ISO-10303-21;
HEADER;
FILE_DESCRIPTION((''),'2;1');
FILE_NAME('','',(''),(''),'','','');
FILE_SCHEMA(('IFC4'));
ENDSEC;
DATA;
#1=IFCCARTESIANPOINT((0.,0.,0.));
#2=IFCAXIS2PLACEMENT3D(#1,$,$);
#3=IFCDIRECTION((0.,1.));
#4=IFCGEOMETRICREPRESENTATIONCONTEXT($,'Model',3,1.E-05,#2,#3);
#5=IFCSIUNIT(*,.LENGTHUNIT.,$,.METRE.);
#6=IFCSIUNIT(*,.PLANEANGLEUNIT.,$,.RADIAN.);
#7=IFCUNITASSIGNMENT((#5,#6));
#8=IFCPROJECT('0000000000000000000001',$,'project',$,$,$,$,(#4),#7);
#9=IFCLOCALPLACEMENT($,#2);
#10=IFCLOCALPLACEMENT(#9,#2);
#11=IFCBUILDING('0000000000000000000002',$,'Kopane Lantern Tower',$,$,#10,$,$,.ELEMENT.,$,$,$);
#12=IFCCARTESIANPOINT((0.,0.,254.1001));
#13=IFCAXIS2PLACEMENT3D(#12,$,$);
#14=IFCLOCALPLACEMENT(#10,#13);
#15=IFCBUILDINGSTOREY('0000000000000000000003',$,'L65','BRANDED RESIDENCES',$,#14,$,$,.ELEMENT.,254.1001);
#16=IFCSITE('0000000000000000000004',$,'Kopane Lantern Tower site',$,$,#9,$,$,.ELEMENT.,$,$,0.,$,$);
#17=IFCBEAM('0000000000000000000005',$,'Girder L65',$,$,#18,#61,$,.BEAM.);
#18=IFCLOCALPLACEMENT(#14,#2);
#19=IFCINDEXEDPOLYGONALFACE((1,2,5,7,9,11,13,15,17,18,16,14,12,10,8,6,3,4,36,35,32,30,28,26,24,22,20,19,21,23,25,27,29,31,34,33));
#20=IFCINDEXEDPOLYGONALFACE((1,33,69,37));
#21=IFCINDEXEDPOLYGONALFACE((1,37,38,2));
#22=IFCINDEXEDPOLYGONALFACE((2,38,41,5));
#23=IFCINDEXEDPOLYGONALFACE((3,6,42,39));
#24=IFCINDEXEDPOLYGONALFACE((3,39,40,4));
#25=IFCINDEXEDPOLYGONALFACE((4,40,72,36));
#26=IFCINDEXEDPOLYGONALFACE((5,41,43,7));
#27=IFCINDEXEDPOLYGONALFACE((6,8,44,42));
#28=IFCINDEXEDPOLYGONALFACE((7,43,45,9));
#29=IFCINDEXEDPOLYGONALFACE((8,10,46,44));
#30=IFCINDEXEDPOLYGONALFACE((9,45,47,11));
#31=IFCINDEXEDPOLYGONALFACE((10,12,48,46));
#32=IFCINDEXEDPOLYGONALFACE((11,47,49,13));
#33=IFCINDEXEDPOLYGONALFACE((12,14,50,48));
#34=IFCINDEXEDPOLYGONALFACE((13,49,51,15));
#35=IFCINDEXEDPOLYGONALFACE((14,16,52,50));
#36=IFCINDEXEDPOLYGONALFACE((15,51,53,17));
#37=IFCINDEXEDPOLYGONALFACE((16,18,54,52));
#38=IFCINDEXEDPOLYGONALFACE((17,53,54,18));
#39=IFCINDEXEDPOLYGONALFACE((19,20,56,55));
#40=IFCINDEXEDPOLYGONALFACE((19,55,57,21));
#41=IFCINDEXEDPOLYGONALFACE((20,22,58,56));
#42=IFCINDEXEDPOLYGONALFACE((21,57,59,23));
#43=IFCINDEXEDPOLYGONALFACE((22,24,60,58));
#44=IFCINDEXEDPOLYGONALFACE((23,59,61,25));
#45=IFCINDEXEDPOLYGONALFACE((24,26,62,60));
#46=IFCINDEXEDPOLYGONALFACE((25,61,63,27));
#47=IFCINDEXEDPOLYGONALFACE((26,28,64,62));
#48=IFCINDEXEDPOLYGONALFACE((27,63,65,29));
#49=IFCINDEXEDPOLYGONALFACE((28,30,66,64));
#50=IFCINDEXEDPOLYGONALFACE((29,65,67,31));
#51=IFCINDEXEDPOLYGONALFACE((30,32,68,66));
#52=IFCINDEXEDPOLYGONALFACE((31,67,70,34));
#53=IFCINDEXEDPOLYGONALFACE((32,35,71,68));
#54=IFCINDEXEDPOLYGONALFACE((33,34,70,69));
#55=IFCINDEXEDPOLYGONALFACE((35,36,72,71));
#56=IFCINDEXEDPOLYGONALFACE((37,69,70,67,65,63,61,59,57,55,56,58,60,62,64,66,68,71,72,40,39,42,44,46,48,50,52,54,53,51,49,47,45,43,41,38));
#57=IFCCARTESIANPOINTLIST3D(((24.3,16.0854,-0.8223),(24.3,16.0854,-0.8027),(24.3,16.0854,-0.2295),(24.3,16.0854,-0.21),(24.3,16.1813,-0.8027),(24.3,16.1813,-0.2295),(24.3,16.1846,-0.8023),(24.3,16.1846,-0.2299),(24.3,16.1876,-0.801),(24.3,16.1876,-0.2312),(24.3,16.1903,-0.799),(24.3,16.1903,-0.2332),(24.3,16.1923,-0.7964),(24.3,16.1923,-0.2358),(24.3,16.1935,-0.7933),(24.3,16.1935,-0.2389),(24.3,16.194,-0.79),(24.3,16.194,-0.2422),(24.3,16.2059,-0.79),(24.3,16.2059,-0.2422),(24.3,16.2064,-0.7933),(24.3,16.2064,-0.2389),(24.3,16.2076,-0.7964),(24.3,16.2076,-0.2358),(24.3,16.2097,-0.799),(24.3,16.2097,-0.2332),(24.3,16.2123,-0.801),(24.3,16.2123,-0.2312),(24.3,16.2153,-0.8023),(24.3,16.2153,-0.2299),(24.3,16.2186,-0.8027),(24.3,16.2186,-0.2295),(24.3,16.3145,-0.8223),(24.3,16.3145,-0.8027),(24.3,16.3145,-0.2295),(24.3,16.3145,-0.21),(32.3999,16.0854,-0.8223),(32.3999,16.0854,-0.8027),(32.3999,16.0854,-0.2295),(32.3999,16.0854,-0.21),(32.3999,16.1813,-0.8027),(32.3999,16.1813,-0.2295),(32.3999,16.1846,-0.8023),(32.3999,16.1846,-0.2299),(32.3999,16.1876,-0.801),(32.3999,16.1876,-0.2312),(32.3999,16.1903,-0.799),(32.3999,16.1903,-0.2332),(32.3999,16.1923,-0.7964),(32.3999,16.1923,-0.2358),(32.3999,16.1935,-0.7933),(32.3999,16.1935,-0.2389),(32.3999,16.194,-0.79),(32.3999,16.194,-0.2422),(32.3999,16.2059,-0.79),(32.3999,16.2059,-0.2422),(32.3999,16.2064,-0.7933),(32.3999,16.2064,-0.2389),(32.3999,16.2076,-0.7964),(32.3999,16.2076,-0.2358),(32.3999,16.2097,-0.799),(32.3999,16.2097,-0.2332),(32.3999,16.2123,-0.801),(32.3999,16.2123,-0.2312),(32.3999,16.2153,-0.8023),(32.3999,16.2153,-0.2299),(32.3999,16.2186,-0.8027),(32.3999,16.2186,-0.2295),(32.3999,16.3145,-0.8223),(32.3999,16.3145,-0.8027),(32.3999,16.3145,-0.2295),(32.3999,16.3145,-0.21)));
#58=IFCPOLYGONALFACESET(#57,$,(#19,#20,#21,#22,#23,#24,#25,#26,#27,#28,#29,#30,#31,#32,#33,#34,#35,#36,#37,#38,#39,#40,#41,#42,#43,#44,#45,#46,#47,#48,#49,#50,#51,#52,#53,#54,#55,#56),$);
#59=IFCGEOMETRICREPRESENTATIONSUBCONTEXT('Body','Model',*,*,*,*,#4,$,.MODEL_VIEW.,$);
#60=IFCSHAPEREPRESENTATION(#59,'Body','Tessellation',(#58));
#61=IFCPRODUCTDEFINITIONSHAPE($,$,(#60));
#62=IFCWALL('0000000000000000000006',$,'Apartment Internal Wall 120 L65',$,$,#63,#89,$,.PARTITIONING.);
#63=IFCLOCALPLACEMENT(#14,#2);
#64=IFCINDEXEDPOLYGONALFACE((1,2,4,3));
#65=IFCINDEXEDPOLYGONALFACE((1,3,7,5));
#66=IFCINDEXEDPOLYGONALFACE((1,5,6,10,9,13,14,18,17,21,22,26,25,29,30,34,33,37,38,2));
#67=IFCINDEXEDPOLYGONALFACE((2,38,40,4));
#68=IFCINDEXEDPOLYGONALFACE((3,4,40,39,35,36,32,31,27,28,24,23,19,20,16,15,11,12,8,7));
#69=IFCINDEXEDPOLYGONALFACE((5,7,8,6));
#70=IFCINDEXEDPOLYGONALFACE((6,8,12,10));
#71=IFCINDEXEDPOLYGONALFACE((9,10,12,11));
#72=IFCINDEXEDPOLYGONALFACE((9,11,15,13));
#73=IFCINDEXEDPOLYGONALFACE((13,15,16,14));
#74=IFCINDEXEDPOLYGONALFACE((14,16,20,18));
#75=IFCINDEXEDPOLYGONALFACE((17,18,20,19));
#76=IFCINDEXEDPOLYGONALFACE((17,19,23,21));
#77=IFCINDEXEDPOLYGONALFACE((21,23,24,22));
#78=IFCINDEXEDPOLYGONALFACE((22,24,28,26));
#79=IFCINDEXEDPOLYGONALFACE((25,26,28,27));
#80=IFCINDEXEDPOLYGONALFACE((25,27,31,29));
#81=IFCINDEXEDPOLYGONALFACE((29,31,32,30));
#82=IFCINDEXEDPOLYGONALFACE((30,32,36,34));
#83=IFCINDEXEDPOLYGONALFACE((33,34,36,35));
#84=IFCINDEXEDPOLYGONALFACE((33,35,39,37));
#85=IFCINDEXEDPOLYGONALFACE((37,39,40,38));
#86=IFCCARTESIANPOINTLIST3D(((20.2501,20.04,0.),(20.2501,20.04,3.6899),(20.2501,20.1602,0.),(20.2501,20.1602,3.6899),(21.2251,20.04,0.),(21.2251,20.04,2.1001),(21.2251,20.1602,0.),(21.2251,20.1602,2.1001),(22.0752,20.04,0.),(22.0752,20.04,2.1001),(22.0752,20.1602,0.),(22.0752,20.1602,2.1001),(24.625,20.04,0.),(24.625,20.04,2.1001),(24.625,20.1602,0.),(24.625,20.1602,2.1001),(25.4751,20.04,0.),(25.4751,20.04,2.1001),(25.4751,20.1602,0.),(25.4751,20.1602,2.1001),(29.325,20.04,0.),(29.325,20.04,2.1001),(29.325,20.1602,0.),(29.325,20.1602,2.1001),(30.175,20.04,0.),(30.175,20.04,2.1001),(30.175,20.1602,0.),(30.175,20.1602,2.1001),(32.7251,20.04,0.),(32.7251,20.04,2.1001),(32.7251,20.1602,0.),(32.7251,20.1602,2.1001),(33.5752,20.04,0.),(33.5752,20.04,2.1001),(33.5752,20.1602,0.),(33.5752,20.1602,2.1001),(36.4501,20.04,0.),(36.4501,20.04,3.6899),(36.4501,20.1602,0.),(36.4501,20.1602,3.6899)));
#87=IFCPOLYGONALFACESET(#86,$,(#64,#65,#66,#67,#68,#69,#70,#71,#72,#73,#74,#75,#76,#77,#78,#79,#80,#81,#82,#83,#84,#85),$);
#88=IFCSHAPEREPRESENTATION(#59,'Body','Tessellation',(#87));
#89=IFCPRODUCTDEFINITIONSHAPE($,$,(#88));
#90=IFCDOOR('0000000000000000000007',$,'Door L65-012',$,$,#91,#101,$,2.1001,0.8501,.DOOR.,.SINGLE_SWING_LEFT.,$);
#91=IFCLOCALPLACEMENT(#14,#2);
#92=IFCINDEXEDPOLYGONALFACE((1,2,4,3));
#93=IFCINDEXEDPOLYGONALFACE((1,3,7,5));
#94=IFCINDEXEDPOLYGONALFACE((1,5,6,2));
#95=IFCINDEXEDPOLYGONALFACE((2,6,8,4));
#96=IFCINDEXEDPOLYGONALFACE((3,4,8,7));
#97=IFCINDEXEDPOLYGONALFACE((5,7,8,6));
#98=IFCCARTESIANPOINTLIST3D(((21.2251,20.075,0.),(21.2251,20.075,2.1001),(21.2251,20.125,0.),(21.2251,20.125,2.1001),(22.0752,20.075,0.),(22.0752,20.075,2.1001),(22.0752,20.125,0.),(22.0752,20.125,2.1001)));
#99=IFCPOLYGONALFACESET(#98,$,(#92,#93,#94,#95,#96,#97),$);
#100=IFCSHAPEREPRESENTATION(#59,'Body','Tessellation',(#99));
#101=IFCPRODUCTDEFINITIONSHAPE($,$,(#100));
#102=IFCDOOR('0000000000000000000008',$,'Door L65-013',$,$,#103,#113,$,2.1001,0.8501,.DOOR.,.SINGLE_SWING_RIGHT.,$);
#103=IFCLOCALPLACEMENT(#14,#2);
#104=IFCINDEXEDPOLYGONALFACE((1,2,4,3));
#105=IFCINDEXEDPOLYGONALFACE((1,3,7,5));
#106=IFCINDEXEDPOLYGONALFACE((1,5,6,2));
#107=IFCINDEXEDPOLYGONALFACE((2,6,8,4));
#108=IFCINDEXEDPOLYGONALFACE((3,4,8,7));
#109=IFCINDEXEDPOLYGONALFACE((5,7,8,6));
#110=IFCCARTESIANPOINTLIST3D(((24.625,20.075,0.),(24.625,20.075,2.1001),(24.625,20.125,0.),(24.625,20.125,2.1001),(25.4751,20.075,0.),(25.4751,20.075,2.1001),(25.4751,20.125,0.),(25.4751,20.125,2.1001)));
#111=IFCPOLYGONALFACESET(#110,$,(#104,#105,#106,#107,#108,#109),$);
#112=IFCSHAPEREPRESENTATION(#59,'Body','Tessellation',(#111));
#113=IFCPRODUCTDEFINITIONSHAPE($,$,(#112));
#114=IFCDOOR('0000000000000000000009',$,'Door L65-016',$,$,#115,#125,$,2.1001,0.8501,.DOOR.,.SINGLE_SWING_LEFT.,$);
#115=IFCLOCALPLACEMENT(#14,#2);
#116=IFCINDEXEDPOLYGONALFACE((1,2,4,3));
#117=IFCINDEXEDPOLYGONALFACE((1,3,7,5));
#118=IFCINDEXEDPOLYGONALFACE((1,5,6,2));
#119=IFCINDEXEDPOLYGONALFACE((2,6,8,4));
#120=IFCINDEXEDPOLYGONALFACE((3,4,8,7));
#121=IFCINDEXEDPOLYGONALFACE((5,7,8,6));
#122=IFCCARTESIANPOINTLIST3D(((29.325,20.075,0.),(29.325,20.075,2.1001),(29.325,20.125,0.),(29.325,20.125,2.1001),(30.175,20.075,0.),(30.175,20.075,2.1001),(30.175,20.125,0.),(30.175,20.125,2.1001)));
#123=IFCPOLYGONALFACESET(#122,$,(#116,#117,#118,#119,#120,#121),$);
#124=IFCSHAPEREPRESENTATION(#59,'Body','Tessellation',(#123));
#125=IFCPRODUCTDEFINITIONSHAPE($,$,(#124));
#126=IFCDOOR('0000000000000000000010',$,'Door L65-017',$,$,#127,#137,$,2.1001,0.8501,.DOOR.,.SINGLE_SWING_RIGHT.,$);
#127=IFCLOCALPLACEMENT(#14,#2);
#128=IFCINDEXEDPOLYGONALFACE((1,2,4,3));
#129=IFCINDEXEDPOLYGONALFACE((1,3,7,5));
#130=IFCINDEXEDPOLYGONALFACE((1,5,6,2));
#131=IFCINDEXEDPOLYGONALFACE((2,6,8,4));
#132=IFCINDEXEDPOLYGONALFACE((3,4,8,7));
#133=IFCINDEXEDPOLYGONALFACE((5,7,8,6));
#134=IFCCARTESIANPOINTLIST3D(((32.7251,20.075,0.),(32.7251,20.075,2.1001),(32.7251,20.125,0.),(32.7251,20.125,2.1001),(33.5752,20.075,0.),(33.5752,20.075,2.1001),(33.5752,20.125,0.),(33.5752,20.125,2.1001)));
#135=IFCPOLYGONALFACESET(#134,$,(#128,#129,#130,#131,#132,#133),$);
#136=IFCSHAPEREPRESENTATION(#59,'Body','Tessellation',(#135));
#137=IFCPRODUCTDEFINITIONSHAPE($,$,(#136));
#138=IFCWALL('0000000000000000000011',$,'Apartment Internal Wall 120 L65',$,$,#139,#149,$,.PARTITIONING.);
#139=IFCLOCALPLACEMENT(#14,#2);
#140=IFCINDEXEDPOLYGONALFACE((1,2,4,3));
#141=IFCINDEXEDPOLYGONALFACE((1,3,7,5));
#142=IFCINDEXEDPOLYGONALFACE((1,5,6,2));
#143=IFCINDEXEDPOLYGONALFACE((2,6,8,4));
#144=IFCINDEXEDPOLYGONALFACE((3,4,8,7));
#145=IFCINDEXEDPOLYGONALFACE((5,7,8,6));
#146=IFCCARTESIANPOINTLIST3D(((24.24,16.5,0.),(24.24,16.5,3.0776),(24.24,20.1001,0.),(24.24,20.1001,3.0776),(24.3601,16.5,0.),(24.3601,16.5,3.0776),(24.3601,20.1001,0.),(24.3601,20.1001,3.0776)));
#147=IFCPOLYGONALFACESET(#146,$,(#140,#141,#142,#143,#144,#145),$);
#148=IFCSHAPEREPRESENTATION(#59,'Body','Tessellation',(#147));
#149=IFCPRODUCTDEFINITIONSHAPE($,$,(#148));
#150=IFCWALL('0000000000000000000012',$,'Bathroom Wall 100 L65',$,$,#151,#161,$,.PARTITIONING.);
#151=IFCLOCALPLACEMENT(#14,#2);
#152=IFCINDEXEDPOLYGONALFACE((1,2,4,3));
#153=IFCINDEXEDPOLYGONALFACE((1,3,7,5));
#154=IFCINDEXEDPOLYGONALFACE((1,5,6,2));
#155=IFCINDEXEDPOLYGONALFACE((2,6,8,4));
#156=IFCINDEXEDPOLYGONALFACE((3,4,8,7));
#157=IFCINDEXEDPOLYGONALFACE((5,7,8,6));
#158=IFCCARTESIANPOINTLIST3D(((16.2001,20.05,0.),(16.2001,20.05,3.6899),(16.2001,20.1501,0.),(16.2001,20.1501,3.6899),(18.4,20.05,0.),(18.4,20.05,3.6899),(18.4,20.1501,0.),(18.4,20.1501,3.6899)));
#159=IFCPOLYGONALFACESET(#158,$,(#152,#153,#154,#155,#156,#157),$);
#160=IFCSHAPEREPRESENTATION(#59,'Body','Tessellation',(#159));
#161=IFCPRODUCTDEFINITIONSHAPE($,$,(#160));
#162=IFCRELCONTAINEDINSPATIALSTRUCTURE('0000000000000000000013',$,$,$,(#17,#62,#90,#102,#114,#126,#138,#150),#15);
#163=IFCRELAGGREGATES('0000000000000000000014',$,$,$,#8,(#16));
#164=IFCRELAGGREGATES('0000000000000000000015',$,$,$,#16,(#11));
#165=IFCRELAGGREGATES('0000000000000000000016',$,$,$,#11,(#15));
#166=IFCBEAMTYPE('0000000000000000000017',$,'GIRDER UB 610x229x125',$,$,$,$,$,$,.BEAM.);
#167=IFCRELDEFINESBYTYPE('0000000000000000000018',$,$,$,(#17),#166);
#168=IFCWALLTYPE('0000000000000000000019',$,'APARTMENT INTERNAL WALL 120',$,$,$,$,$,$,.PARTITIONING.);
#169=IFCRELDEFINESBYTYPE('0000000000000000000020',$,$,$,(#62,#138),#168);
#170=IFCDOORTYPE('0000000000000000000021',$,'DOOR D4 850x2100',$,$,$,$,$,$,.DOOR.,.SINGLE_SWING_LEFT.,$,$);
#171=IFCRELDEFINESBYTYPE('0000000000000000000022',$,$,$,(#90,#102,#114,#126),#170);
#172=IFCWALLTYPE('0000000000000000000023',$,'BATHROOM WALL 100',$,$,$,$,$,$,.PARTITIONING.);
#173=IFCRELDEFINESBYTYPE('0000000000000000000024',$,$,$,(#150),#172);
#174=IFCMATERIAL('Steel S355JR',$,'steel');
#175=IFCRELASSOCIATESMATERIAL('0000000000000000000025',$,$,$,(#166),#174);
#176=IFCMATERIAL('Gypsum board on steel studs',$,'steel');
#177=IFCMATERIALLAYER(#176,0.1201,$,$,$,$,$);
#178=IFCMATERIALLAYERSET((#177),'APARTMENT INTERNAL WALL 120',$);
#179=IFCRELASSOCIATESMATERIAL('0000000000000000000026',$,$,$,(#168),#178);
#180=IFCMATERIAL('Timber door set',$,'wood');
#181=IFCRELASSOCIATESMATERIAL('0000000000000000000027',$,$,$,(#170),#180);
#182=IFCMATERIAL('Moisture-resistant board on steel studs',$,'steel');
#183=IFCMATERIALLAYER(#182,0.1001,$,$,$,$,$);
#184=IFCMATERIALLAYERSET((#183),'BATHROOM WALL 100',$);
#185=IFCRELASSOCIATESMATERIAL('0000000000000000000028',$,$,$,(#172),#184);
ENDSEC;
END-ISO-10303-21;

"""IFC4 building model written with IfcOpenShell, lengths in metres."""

from ifc_helpers import new_model, si_unit, direction, frame, frame_2d, origin, origin_2d, place, context, subcontext, project, spatial, rectangle, i_section, extrude, material, layer, layer_set, material_profile, profile_set, type_object, element, fill, save


model = new_model("IFC4")

# Units and contexts
model_context = context("Model", 3, precision=1e-05, world=origin(), true_north=direction((0.0, 1.0)))
body_context = subcontext(model_context, "Body", "Model", "MODEL_VIEW")
ifc_project = project(units=[si_unit("LENGTHUNIT", "METRE"), si_unit("PLANEANGLEUNIT", "RADIAN")], contexts=[model_context])

# Site, building, storey
site_placement = place(None, origin())
site = spatial("IfcSite", under=ifc_project, at=site_placement, Name="Kopane Lantern Tower site", CompositionType="ELEMENT", RefElevation=0.0)
building_placement = place(site_placement, origin())
building = spatial("IfcBuilding", under=site, at=building_placement, Name="Kopane Lantern Tower", CompositionType="ELEMENT")
storey_placement = place(building_placement, frame((0.0, 0.0, 254.1001)))
storey = spatial("IfcBuildingStorey", under=building, at=storey_placement, Name="L65", Description="BRANDED RESIDENCES", CompositionType="ELEMENT", Elevation=254.1001)

# Beam
ifc_material_1 = material(Name="Steel S355JR", Category="steel")
ifc_material_profile_1 = material_profile(ifc_material_1, i_section(OverallWidth=0.229, OverallDepth=0.6123, WebThickness=0.012, FlangeThickness=0.0195, FilletRadius=0.0127, at=origin_2d()), Name="UB 610x229x125")
ifc_profile_set_1 = profile_set([ifc_material_profile_1], Name="Steel S355JR")
beam_type = type_object("IfcBeamType", Name="GIRDER UB 610x229x125", PredefinedType="BEAM", material=ifc_profile_set_1)
beam_placement = place(storey_placement, frame((24.3, 16.2, -0.5161), z_axis=(1.0, 0.0, 0.0), x_axis=(0.0, 1.0, 0.0)))
element("IfcBeam", 1, at=beam_placement, inside=storey, type_object=beam_type, Name="Girder L65", PredefinedType="BEAM", context=body_context, shape_type="SweptSolid", body=[
    extrude(i_section(OverallWidth=0.229, OverallDepth=0.6123, WebThickness=0.012, FlangeThickness=0.0195, FilletRadius=0.0127, at=origin_2d()), origin(), (0.0, 0.0, 1.0), 8.0999),
])

# Wall, openings, doors
ifc_material_2 = material(Name="Gypsum board on steel studs", Category="steel")
ifc_layer_1 = layer(ifc_material_2, 0.1201)
ifc_layer_set_1 = layer_set([ifc_layer_1], Name="APARTMENT INTERNAL WALL 120")
wall_type_1 = type_object("IfcWallType", Name="APARTMENT INTERNAL WALL 120", PredefinedType="PARTITIONING", material=ifc_layer_set_1)
wall_1_placement = place(storey_placement, frame((20.25, 20.1001, 0.0), z_axis=(0.0, 0.0, 1.0), x_axis=(1.0, 0.0, 0.0)))
wall_1 = element("IfcWall", 2, at=wall_1_placement, inside=storey, type_object=wall_type_1, Name="Apartment Internal Wall 120 L65", PredefinedType="PARTITIONING", context=body_context, shape_type="SweptSolid", body=[
    extrude(rectangle(XDim=16.2, YDim=0.1201, at=frame_2d((8.1001, 0.0))), origin(), (0.0, 0.0, 1.0), 3.6899),
])
opening_1_placement = place(wall_1_placement, frame((0.9751, 0.0, 0.0)))
opening_1 = element("IfcOpeningElement", 3, at=opening_1_placement, cuts=wall_1, PredefinedType="OPENING", context=body_context, shape_type="SweptSolid", body=[
    extrude(rectangle(XDim=0.8501, YDim=2.1001, at=frame_2d((0.425, 1.05))), frame((0.0, 0.0701, 0.0), z_axis=(0.0, -1.0, 0.0), x_axis=(1.0, 0.0, 0.0)), (0.0, 0.0, 1.0), 0.1401),
])
opening_2_placement = place(wall_1_placement, frame((4.375, 0.0, 0.0)))
opening_2 = element("IfcOpeningElement", 4, at=opening_2_placement, cuts=wall_1, PredefinedType="OPENING", context=body_context, shape_type="SweptSolid", body=[
    extrude(rectangle(XDim=0.8501, YDim=2.1001, at=frame_2d((0.425, 1.05))), frame((0.0, 0.0701, 0.0), z_axis=(0.0, -1.0, 0.0), x_axis=(1.0, 0.0, 0.0)), (0.0, 0.0, 1.0), 0.1401),
])
opening_3_placement = place(wall_1_placement, frame((9.075, 0.0, 0.0)))
opening_3 = element("IfcOpeningElement", 5, at=opening_3_placement, cuts=wall_1, PredefinedType="OPENING", context=body_context, shape_type="SweptSolid", body=[
    extrude(rectangle(XDim=0.8501, YDim=2.1001, at=frame_2d((0.425, 1.05))), frame((0.0, 0.0701, 0.0), z_axis=(0.0, -1.0, 0.0), x_axis=(1.0, 0.0, 0.0)), (0.0, 0.0, 1.0), 0.1401),
])
opening_4_placement = place(wall_1_placement, frame((12.4751, 0.0, 0.0)))
opening_4 = element("IfcOpeningElement", 6, at=opening_4_placement, cuts=wall_1, PredefinedType="OPENING", context=body_context, shape_type="SweptSolid", body=[
    extrude(rectangle(XDim=0.8501, YDim=2.1001, at=frame_2d((0.425, 1.05))), frame((0.0, 0.0701, 0.0), z_axis=(0.0, -1.0, 0.0), x_axis=(1.0, 0.0, 0.0)), (0.0, 0.0, 1.0), 0.1401),
])
ifc_material_3 = material(Name="Timber door set", Category="wood")
door_type_1 = type_object("IfcDoorType", Name="DOOR D4 850x2100", OperationType="SINGLE_SWING_LEFT", PredefinedType="DOOR", material=ifc_material_3)
door_1_placement = place(opening_1_placement, origin())
door_1 = element("IfcDoor", 7, at=door_1_placement, inside=storey, type_object=door_type_1, Name="Door L65-012", OperationType="SINGLE_SWING_LEFT", OverallHeight=2.1001, OverallWidth=0.8501, PredefinedType="DOOR", context=body_context, shape_type="SweptSolid", body=[
    extrude(rectangle(XDim=0.8501, YDim=2.1001, at=frame_2d((0.425, 1.05))), frame((0.0, 0.0249, 0.0), z_axis=(0.0, -1.0, 0.0), x_axis=(1.0, 0.0, 0.0)), (0.0, 0.0, 1.0), 0.05),
])
fill(opening_1, door_1)
door_2_placement = place(opening_2_placement, origin())
door_2 = element("IfcDoor", 8, at=door_2_placement, inside=storey, type_object=door_type_1, Name="Door L65-013", OperationType="SINGLE_SWING_RIGHT", OverallHeight=2.1001, OverallWidth=0.8501, PredefinedType="DOOR", context=body_context, shape_type="SweptSolid", body=[
    extrude(rectangle(XDim=0.8501, YDim=2.1001, at=frame_2d((0.425, 1.05))), frame((0.0, 0.0249, 0.0), z_axis=(0.0, -1.0, 0.0), x_axis=(1.0, 0.0, 0.0)), (0.0, 0.0, 1.0), 0.05),
])
fill(opening_2, door_2)
door_3_placement = place(opening_3_placement, origin())
door_3 = element("IfcDoor", 9, at=door_3_placement, inside=storey, type_object=door_type_1, Name="Door L65-016", OperationType="SINGLE_SWING_LEFT", OverallHeight=2.1001, OverallWidth=0.8501, PredefinedType="DOOR", context=body_context, shape_type="SweptSolid", body=[
    extrude(rectangle(XDim=0.8501, YDim=2.1001, at=frame_2d((0.425, 1.05))), frame((0.0, 0.0249, 0.0), z_axis=(0.0, -1.0, 0.0), x_axis=(1.0, 0.0, 0.0)), (0.0, 0.0, 1.0), 0.05),
])
fill(opening_3, door_3)
door_4_placement = place(opening_4_placement, origin())
door_4 = element("IfcDoor", 10, at=door_4_placement, inside=storey, type_object=door_type_1, Name="Door L65-017", OperationType="SINGLE_SWING_RIGHT", OverallHeight=2.1001, OverallWidth=0.8501, PredefinedType="DOOR", context=body_context, shape_type="SweptSolid", body=[
    extrude(rectangle(XDim=0.8501, YDim=2.1001, at=frame_2d((0.425, 1.05))), frame((0.0, 0.0249, 0.0), z_axis=(0.0, -1.0, 0.0), x_axis=(1.0, 0.0, 0.0)), (0.0, 0.0, 1.0), 0.05),
])
fill(opening_4, door_4)

# Walls
wall_2_placement = place(storey_placement, frame((24.3, 20.1001, 0.0), z_axis=(0.0, 0.0, 1.0), x_axis=(0.0, -1.0, 0.0)))
element("IfcWall", 11, at=wall_2_placement, inside=storey, type_object=wall_type_1, Name="Apartment Internal Wall 120 L65", PredefinedType="PARTITIONING", context=body_context, shape_type="SweptSolid", body=[
    extrude(rectangle(XDim=3.6001, YDim=0.1201, at=frame_2d((1.8, 0.0))), origin(), (0.0, 0.0, 1.0), 3.0776),
])
ifc_material_4 = material(Name="Moisture-resistant board on steel studs", Category="steel")
ifc_layer_2 = layer(ifc_material_4, 0.1001)
ifc_layer_set_2 = layer_set([ifc_layer_2], Name="BATHROOM WALL 100")
wall_type_2 = type_object("IfcWallType", Name="BATHROOM WALL 100", PredefinedType="PARTITIONING", material=ifc_layer_set_2)
wall_3_placement = place(storey_placement, frame((16.2, 20.1001, 0.0), z_axis=(0.0, 0.0, 1.0), x_axis=(1.0, 0.0, 0.0)))
element("IfcWall", 12, at=wall_3_placement, inside=storey, type_object=wall_type_2, Name="Bathroom Wall 100 L65", PredefinedType="PARTITIONING", context=body_context, shape_type="SweptSolid", body=[
    extrude(rectangle(XDim=2.2, YDim=0.1001, at=frame_2d((1.1001, 0.0))), origin(), (0.0, 0.0, 1.0), 3.6899),
])

save(model, "model.ifc")
